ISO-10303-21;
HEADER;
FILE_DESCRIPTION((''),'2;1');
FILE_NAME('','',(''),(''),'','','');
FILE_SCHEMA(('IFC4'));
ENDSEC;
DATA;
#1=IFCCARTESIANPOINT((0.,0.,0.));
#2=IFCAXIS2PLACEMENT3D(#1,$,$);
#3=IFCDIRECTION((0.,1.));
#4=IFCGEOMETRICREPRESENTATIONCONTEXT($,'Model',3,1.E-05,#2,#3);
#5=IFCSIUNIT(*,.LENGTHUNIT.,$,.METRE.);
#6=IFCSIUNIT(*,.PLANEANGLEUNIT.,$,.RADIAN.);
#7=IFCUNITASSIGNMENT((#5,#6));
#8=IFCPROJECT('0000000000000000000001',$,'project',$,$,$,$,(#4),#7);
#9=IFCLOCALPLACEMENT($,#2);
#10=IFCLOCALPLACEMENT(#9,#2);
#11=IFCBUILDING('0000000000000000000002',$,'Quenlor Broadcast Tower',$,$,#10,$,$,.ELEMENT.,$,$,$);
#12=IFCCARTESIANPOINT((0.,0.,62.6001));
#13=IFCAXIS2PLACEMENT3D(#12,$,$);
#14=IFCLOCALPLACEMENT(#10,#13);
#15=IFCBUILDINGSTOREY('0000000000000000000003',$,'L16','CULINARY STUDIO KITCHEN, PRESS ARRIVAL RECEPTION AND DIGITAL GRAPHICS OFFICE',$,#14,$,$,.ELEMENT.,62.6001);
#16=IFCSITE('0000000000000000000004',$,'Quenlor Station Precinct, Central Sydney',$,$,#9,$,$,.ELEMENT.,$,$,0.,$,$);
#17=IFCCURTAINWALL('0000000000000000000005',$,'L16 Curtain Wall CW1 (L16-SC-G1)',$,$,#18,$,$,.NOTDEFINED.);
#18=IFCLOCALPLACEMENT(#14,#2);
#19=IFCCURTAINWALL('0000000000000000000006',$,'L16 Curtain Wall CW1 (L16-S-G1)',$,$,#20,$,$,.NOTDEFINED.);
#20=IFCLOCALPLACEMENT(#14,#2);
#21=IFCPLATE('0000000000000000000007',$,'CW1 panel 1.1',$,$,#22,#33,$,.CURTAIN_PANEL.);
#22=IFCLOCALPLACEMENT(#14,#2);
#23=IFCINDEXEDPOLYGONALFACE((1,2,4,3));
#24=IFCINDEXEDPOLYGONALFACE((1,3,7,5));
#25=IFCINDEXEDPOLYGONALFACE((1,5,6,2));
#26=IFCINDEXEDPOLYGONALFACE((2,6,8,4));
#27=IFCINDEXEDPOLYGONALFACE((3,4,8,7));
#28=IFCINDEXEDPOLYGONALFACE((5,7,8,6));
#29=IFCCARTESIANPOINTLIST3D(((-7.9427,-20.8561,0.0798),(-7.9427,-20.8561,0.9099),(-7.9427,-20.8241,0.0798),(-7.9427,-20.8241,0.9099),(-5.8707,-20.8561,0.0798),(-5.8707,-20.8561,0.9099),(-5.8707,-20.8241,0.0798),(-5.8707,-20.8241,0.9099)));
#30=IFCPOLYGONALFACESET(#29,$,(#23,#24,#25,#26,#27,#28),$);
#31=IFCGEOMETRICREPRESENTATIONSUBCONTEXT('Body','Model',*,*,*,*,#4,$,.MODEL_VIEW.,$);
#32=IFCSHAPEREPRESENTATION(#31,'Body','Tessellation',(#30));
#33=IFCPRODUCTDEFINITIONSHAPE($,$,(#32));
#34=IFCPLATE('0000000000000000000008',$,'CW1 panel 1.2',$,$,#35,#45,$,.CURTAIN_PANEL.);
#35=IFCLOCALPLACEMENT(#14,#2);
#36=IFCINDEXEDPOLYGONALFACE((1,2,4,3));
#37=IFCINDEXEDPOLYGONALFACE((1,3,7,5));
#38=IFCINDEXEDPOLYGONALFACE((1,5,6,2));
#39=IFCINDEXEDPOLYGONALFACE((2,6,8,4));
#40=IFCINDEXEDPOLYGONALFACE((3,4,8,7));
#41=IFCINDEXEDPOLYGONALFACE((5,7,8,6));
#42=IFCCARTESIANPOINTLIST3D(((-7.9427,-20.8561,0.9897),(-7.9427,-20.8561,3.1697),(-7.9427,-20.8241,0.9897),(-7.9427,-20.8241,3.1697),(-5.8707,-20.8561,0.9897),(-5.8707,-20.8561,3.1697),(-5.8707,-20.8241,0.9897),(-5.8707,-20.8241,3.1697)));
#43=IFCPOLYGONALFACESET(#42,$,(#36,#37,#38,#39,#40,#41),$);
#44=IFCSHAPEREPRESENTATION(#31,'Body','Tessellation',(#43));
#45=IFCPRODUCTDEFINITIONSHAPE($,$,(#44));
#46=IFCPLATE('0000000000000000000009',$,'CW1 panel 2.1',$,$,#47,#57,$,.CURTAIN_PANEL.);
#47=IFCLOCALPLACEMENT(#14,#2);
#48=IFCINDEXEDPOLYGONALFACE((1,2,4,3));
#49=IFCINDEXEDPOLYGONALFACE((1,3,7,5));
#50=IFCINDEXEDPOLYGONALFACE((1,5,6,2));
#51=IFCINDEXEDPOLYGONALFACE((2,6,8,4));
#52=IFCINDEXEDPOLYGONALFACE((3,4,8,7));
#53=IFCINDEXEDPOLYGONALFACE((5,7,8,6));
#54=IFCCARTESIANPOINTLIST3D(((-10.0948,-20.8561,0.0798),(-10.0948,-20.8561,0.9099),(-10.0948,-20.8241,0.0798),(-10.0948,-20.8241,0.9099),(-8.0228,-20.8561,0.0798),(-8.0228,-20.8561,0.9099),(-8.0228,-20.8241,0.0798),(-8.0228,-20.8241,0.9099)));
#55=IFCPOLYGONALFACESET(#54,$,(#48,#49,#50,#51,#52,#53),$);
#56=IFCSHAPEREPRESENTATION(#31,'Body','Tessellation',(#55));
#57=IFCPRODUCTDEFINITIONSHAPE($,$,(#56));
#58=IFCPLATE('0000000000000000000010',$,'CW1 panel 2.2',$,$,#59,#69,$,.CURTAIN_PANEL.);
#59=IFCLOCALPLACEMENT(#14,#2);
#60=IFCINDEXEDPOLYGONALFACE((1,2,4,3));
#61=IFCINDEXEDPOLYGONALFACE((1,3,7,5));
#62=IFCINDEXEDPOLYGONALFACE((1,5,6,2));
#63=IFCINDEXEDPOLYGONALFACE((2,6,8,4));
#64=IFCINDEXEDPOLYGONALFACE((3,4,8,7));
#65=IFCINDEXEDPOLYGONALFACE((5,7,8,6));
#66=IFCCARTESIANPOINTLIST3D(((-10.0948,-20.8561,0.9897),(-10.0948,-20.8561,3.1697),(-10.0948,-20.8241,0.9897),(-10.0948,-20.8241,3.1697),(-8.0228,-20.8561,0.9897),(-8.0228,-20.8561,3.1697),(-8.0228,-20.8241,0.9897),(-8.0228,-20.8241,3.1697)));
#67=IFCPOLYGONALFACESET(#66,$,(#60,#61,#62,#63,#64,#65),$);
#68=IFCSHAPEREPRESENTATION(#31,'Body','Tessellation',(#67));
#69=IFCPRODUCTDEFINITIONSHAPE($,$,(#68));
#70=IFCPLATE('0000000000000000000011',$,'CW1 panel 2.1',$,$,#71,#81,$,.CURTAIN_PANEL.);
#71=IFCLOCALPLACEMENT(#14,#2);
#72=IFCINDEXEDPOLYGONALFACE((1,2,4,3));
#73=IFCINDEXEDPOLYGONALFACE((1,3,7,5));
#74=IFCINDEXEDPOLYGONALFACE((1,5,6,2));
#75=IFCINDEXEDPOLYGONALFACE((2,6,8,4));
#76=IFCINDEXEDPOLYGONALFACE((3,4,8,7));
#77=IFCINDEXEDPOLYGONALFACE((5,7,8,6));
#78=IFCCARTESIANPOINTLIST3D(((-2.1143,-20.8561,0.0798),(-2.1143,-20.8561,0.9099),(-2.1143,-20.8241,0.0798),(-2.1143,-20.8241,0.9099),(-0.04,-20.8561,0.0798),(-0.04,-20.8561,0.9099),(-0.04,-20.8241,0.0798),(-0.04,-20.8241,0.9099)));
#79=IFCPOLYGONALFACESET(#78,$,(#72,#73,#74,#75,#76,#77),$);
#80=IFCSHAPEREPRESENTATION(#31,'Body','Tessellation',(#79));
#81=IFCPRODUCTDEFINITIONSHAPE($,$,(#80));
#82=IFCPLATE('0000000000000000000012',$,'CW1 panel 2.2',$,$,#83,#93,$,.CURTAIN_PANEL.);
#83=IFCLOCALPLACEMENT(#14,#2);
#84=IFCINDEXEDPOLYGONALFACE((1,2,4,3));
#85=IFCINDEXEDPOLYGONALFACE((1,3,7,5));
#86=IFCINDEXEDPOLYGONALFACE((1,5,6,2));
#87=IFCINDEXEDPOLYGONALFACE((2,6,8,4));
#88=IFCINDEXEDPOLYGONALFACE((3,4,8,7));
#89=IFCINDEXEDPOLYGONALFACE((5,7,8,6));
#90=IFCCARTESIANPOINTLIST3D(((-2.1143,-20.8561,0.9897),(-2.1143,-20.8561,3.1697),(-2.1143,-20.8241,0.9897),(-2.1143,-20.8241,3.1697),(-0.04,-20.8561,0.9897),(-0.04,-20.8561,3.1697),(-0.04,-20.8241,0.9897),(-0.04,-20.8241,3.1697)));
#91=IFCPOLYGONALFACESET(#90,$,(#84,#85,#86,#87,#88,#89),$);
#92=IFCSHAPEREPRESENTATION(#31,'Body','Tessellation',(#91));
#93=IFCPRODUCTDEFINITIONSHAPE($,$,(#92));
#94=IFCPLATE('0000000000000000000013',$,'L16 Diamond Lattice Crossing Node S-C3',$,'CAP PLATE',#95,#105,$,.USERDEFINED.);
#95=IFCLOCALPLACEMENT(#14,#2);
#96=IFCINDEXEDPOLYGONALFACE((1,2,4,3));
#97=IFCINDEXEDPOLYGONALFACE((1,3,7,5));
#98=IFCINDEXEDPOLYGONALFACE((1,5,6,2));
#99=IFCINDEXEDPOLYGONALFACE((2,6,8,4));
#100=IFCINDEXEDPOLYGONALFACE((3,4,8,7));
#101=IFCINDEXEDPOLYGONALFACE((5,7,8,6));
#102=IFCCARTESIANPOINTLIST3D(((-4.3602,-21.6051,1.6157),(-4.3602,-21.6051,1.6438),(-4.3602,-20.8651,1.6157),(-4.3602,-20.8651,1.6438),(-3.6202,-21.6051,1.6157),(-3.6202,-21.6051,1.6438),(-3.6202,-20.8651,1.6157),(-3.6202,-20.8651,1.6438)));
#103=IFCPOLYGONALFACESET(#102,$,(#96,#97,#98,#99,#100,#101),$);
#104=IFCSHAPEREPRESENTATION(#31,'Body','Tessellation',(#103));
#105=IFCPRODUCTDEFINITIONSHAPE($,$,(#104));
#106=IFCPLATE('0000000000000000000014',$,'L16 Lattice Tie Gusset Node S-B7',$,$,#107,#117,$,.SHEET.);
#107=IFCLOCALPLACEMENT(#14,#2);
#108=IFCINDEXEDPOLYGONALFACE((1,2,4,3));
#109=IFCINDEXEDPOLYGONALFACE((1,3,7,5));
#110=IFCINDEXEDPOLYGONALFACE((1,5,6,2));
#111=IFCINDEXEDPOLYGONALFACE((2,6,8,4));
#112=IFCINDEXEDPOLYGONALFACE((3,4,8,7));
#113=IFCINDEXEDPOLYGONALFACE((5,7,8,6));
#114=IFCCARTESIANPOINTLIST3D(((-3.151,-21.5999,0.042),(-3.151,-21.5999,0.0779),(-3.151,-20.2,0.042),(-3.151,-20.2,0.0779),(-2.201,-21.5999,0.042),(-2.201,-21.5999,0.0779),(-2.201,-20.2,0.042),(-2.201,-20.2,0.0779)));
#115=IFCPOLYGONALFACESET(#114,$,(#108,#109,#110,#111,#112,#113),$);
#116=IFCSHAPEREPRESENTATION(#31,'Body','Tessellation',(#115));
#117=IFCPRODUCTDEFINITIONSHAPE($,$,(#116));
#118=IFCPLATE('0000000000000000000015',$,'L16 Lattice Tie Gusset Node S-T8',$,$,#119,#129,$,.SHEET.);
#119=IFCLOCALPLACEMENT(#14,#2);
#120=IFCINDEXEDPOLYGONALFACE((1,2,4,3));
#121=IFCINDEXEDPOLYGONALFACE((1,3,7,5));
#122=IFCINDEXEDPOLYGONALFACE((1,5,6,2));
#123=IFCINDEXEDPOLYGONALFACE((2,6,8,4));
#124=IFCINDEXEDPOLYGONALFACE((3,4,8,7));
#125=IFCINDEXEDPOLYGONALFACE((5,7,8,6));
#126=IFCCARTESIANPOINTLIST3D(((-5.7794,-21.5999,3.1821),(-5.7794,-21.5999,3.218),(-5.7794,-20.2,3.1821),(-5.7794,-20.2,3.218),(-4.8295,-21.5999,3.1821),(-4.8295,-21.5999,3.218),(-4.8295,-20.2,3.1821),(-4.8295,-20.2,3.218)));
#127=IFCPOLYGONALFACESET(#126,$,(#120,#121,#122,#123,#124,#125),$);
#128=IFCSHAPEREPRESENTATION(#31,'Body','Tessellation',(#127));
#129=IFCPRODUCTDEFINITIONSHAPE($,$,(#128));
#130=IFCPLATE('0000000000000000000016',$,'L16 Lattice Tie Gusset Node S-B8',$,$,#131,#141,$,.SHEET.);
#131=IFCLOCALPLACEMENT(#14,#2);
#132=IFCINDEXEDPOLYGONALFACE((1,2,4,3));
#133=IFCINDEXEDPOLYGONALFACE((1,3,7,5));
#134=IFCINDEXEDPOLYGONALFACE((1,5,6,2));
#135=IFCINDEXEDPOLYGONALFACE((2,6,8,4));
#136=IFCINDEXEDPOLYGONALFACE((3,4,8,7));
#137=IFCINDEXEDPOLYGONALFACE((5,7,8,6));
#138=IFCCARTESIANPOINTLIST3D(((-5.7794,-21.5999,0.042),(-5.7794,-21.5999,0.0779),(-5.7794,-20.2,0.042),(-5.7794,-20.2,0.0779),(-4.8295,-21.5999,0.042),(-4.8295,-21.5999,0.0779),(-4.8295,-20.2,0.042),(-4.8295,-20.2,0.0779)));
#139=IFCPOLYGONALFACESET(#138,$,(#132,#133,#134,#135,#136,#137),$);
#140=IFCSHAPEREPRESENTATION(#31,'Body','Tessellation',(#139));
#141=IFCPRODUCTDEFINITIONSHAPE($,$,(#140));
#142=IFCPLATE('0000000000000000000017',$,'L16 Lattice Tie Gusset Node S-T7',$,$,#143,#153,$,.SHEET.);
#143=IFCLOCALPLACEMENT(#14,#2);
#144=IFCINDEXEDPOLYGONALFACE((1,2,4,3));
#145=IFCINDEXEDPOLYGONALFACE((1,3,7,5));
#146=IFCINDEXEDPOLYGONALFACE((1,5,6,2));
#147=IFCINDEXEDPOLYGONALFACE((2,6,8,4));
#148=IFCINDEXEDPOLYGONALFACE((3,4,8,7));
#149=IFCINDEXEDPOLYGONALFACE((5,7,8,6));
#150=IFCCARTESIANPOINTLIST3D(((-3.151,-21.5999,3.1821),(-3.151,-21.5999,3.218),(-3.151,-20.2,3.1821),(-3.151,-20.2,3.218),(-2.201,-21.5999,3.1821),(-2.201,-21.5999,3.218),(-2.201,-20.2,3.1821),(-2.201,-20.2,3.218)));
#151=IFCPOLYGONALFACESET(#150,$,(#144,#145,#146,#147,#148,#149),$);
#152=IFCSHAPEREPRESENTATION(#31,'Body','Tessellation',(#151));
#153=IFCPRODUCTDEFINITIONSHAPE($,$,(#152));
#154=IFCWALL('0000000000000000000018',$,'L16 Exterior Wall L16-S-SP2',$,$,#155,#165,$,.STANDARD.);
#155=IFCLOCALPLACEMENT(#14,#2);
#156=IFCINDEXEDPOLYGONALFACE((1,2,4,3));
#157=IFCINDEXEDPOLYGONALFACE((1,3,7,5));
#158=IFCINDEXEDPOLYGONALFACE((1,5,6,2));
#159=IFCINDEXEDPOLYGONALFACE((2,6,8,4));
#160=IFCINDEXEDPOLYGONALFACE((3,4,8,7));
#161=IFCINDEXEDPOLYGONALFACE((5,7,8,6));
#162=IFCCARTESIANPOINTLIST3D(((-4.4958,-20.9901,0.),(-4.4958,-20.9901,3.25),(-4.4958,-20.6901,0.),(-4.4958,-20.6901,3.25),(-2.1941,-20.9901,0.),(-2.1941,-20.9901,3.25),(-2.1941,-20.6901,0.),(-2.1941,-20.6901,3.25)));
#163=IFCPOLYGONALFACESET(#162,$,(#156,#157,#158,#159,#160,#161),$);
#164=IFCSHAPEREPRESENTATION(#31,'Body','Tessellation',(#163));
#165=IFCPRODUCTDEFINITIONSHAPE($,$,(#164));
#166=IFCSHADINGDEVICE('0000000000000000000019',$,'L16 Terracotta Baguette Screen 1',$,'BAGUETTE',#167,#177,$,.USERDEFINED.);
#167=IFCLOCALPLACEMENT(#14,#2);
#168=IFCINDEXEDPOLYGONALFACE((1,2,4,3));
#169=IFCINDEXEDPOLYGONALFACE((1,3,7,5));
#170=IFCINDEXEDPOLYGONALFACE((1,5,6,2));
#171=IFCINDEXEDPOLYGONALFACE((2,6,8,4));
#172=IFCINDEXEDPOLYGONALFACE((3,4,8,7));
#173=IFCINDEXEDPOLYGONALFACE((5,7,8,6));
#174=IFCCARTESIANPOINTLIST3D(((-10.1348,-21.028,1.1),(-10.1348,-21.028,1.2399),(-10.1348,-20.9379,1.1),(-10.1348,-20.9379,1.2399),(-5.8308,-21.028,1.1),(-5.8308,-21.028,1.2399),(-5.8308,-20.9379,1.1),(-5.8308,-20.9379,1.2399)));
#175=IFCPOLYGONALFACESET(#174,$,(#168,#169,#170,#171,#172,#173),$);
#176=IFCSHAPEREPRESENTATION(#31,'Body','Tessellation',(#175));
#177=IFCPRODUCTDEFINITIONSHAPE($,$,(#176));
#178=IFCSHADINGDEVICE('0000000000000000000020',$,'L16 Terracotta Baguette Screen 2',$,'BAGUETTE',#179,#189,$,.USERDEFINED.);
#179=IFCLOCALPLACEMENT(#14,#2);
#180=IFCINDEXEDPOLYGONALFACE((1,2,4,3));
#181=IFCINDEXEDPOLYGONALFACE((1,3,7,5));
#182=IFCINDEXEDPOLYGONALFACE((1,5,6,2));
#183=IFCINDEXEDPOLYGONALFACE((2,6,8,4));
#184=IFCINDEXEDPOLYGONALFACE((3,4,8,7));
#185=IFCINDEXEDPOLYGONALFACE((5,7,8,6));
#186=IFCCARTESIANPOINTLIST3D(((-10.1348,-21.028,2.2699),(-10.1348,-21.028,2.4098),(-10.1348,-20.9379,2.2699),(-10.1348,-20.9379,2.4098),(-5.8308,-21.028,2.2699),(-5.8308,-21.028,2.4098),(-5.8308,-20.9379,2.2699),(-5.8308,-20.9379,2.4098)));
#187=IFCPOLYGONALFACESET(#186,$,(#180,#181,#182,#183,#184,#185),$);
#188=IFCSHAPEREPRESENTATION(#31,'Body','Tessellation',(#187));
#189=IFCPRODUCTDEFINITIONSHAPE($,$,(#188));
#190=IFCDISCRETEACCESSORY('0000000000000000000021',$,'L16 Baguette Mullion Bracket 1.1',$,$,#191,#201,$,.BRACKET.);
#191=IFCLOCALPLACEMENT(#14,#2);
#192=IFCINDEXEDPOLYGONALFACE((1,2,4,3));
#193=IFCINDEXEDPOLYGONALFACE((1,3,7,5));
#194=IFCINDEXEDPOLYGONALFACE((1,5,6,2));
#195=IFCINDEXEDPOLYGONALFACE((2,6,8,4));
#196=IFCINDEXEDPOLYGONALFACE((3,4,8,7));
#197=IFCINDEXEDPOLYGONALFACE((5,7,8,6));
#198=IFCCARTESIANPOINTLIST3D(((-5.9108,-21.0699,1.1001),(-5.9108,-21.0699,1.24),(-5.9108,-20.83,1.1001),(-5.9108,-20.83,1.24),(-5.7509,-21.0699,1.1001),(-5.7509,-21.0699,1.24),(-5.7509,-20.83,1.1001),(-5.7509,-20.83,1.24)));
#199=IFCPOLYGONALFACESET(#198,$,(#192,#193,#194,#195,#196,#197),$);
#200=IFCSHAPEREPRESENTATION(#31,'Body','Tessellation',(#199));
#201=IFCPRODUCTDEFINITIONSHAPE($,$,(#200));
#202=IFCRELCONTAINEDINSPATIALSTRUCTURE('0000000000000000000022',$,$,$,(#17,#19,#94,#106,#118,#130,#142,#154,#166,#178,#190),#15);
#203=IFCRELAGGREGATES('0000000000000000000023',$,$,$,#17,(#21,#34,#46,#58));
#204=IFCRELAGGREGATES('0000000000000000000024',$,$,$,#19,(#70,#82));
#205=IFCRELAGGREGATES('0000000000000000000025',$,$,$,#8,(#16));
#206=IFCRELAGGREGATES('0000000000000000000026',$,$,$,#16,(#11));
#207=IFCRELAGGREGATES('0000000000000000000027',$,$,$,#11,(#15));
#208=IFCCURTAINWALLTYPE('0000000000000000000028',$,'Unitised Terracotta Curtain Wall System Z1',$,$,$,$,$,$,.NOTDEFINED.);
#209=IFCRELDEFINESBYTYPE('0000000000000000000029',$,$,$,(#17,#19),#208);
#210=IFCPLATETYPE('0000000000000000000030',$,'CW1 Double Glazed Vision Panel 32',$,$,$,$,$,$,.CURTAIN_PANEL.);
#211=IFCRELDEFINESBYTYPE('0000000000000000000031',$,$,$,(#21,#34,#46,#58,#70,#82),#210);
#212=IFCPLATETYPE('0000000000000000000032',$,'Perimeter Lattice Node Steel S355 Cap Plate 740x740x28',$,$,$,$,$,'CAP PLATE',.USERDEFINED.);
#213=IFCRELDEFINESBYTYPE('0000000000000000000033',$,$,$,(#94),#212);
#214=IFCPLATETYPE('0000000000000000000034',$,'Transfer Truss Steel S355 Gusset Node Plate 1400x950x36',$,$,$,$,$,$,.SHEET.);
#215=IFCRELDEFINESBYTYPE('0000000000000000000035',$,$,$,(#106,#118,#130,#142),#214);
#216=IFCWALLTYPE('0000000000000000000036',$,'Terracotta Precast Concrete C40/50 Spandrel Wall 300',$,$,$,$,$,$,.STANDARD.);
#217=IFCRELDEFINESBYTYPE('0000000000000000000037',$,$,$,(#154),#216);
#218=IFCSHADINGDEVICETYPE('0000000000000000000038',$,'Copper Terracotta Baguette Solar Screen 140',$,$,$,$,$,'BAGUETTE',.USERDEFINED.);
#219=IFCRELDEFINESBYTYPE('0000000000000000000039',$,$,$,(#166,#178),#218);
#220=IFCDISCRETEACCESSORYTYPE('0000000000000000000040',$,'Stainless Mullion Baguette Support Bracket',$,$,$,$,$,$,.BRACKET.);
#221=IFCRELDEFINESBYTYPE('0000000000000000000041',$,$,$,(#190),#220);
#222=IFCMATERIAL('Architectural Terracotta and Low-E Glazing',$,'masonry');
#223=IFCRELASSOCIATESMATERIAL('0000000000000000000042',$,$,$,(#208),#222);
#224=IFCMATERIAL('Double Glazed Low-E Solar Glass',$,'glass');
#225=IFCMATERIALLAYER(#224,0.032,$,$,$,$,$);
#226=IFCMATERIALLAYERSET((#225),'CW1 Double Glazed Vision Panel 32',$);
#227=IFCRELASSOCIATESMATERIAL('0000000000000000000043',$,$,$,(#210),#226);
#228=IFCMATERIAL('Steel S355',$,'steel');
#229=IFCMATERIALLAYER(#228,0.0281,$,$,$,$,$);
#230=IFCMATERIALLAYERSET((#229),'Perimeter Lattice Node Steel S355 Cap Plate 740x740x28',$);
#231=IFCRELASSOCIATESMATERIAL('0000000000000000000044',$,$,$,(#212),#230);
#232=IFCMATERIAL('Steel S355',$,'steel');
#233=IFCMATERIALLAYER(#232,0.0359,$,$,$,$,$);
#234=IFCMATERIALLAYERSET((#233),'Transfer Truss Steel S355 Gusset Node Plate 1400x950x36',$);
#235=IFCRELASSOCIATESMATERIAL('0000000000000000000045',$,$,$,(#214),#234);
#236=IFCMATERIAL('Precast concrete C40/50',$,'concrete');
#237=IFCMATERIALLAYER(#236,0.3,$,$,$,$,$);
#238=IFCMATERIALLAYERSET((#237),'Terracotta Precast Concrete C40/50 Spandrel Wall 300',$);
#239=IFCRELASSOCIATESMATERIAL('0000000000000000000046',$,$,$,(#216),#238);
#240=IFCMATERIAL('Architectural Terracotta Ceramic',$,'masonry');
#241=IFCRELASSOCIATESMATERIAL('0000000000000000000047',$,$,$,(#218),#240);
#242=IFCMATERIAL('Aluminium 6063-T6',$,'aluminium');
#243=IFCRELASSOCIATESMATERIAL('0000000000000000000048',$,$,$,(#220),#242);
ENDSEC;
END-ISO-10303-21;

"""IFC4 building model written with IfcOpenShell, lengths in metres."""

from ifc_helpers import new_model, si_unit, direction, frame, frame_2d, origin, origin_2d, place, context, subcontext, project, spatial, rectangle, extrude, material, layer, layer_set, material_profile, profile_set, type_object, element, aggregate, save


model = new_model("IFC4")

# Units and contexts
model_context = context("Model", 3, precision=1e-05, world=origin(), true_north=direction((0.0, 1.0)))
body_context = subcontext(model_context, "Body", "Model", "MODEL_VIEW")
ifc_project = project(units=[si_unit("LENGTHUNIT", "METRE"), si_unit("PLANEANGLEUNIT", "RADIAN")], contexts=[model_context])

# Site, building, storey
site_placement = place(None, origin())
site = spatial("IfcSite", under=ifc_project, at=site_placement, Name="Quenlor Station Precinct, Central Sydney", CompositionType="ELEMENT", RefElevation=0.0)
building_placement = place(site_placement, origin())
building = spatial("IfcBuilding", under=site, at=building_placement, Name="Quenlor Broadcast Tower", CompositionType="ELEMENT")
storey_placement = place(building_placement, frame((0.0, 0.0, 62.6001)))
storey = spatial("IfcBuildingStorey", under=building, at=storey_placement, Name="L16", Description="CULINARY STUDIO KITCHEN, PRESS ARRIVAL RECEPTION AND DIGITAL GRAPHICS OFFICE", CompositionType="ELEMENT", Elevation=62.6001)

# Curtain wall
ifc_material_1 = material(Name="Architectural Terracotta and Low-E Glazing", Category="masonry")
curtain_wall_type = type_object("IfcCurtainWallType", Name="Unitised Terracotta Curtain Wall System Z1", PredefinedType="NOTDEFINED", material=ifc_material_1)
curtain_wall_1_placement = place(storey_placement, origin())
curtain_wall_1 = element("IfcCurtainWall", 1, at=curtain_wall_1_placement, inside=storey, type_object=curtain_wall_type, Name="L16 Curtain Wall CW1 (L16-SC-G1)", PredefinedType="NOTDEFINED")

# Curtain wall
curtain_wall_2_placement = place(storey_placement, origin())
curtain_wall_2 = element("IfcCurtainWall", 2, at=curtain_wall_2_placement, inside=storey, type_object=curtain_wall_type, Name="L16 Curtain Wall CW1 (L16-S-G1)", PredefinedType="NOTDEFINED")

# Plates
ifc_material_2 = material(Name="Double Glazed Low-E Solar Glass", Category="glass")
ifc_layer_1 = layer(ifc_material_2, 0.032)
ifc_layer_set_1 = layer_set([ifc_layer_1], Name="CW1 Double Glazed Vision Panel 32")
plate_type_1 = type_object("IfcPlateType", Name="CW1 Double Glazed Vision Panel 32", PredefinedType="CURTAIN_PANEL", material=ifc_layer_set_1)
plate_1_placement = place(storey_placement, frame((-6.9067, -20.8401, 0.0798), z_axis=(0.0, 0.0, 1.0), x_axis=(-1.0, 0.0, 0.0)))
plate_1 = element("IfcPlate", 3, at=plate_1_placement, type_object=plate_type_1, Name="CW1 panel 1.1", PredefinedType="CURTAIN_PANEL", context=body_context, shape_type="SweptSolid", body=[
    extrude(rectangle(XDim=2.072, YDim=0.032, at=origin_2d()), origin(), (0.0, 0.0, 1.0), 0.8301),
])
plate_2_placement = place(storey_placement, frame((-6.9067, -20.8401, 0.9897), z_axis=(0.0, 0.0, 1.0), x_axis=(-1.0, 0.0, 0.0)))
plate_2 = element("IfcPlate", 4, at=plate_2_placement, type_object=plate_type_1, Name="CW1 panel 1.2", PredefinedType="CURTAIN_PANEL", context=body_context, shape_type="SweptSolid", body=[
    extrude(rectangle(XDim=2.072, YDim=0.032, at=origin_2d()), origin(), (0.0, 0.0, 1.0), 2.1799),
])
plate_3_placement = place(storey_placement, frame((-9.0588, -20.8401, 0.0798), z_axis=(0.0, 0.0, 1.0), x_axis=(-1.0, 0.0, 0.0)))
plate_3 = element("IfcPlate", 5, at=plate_3_placement, type_object=plate_type_1, Name="CW1 panel 2.1", PredefinedType="CURTAIN_PANEL", context=body_context, shape_type="SweptSolid", body=[
    extrude(rectangle(XDim=2.072, YDim=0.032, at=origin_2d()), origin(), (0.0, 0.0, 1.0), 0.8301),
])
plate_4_placement = place(storey_placement, frame((-9.0588, -20.8401, 0.9897), z_axis=(0.0, 0.0, 1.0), x_axis=(-1.0, 0.0, 0.0)))
plate_4 = element("IfcPlate", 6, at=plate_4_placement, type_object=plate_type_1, Name="CW1 panel 2.2", PredefinedType="CURTAIN_PANEL", context=body_context, shape_type="SweptSolid", body=[
    extrude(rectangle(XDim=2.072, YDim=0.032, at=origin_2d()), origin(), (0.0, 0.0, 1.0), 2.1799),
])
aggregate(curtain_wall_1, [plate_1, plate_2, plate_3, plate_4])
plate_5_placement = place(storey_placement, frame((-1.0771, -20.8401, 0.0798), z_axis=(0.0, 0.0, 1.0), x_axis=(-1.0, 0.0, 0.0)))
plate_5 = element("IfcPlate", 7, at=plate_5_placement, type_object=plate_type_1, Name="CW1 panel 2.1", PredefinedType="CURTAIN_PANEL", context=body_context, shape_type="SweptSolid", body=[
    extrude(rectangle(XDim=2.0742, YDim=0.032, at=origin_2d()), origin(), (0.0, 0.0, 1.0), 0.8301),
])
plate_6_placement = place(storey_placement, frame((-1.0771, -20.8401, 0.9897), z_axis=(0.0, 0.0, 1.0), x_axis=(-1.0, 0.0, 0.0)))
plate_6 = element("IfcPlate", 8, at=plate_6_placement, type_object=plate_type_1, Name="CW1 panel 2.2", PredefinedType="CURTAIN_PANEL", context=body_context, shape_type="SweptSolid", body=[
    extrude(rectangle(XDim=2.0742, YDim=0.032, at=origin_2d()), origin(), (0.0, 0.0, 1.0), 2.1799),
])
aggregate(curtain_wall_2, [plate_5, plate_6])

# Plates
ifc_material_3 = material(Name="Steel S355", Category="steel")
ifc_layer_2 = layer(ifc_material_3, 0.0281)
ifc_layer_set_2 = layer_set([ifc_layer_2], Name="Perimeter Lattice Node Steel S355 Cap Plate 740x740x28")
plate_type_2 = type_object("IfcPlateType", Name="Perimeter Lattice Node Steel S355 Cap Plate 740x740x28", ElementType="CAP PLATE", PredefinedType="USERDEFINED", material=ifc_layer_set_2)
plate_7_placement = place(storey_placement, frame((-3.9902, -21.2351, 1.6157), z_axis=(0.0, 0.0, 1.0), x_axis=(-1.0, 0.0, 0.0)))
element("IfcPlate", 9, at=plate_7_placement, inside=storey, type_object=plate_type_2, Name="L16 Diamond Lattice Crossing Node S-C3", ObjectType="CAP PLATE", PredefinedType="USERDEFINED", context=body_context, shape_type="SweptSolid", body=[
    extrude(rectangle(XDim=0.74, YDim=0.74, at=origin_2d()), origin(), (0.0, 0.0, 1.0), 0.0281),
])
ifc_material_4 = material(Name="Steel S355", Category="steel")
ifc_layer_3 = layer(ifc_material_4, 0.0359)
ifc_layer_set_3 = layer_set([ifc_layer_3], Name="Transfer Truss Steel S355 Gusset Node Plate 1400x950x36")
plate_type_3 = type_object("IfcPlateType", Name="Transfer Truss Steel S355 Gusset Node Plate 1400x950x36", PredefinedType="SHEET", material=ifc_layer_set_3)
for number, where, z_axis, x_axis, name in (
    (10, (-2.676, -20.8999, 0.042), (0.0, 0.0, 1.0), (0.0, -1.0, 0.0), "L16 Lattice Tie Gusset Node S-B7"),
    (11, (-5.3044, -20.8999, 3.1821), (0.0, 0.0, 1.0), (0.0, -1.0, 0.0), "L16 Lattice Tie Gusset Node S-T8"),
    (12, (-5.3044, -20.8999, 0.042), (0.0, 0.0, 1.0), (0.0, -1.0, 0.0), "L16 Lattice Tie Gusset Node S-B8"),
    (13, (-2.676, -20.8999, 3.1821), (0.0, 0.0, 1.0), (0.0, -1.0, 0.0), "L16 Lattice Tie Gusset Node S-T7"),
):
    element("IfcPlate", number, at=place(storey_placement, frame(where, z_axis=z_axis, x_axis=x_axis)), inside=storey, type_object=plate_type_3, Name=name, PredefinedType="SHEET", context=body_context, shape_type="SweptSolid", body=[
        extrude(rectangle(XDim=1.3999, YDim=0.95, at=origin_2d()), origin(), (0.0, 0.0, 1.0), 0.0359),
    ])

# Wall
ifc_material_5 = material(Name="Precast concrete C40/50", Category="concrete")
ifc_layer_4 = layer(ifc_material_5, 0.3)
ifc_layer_set_4 = layer_set([ifc_layer_4], Name="Terracotta Precast Concrete C40/50 Spandrel Wall 300")
wall_type = type_object("IfcWallType", Name="Terracotta Precast Concrete C40/50 Spandrel Wall 300", PredefinedType="STANDARD", material=ifc_layer_set_4)
wall_placement = place(storey_placement, frame((-2.1941, -20.8401, 0.0), z_axis=(0.0, 0.0, 1.0), x_axis=(-1.0, 0.0, 0.0)))
element("IfcWall", 14, at=wall_placement, inside=storey, type_object=wall_type, Name="L16 Exterior Wall L16-S-SP2", PredefinedType="STANDARD", context=body_context, shape_type="SweptSolid", body=[
    extrude(rectangle(XDim=2.3018, YDim=0.3, at=frame_2d((1.1509, 0.0))), origin(), (0.0, 0.0, 1.0), 3.25),
])

# Shading devices
ifc_material_6 = material(Name="Architectural Terracotta Ceramic", Category="masonry")
ifc_material_profile_1 = material_profile(ifc_material_6, rectangle(XDim=0.0901, YDim=0.1399, at=origin_2d()))
ifc_profile_set_1 = profile_set([ifc_material_profile_1], Name="Architectural Terracotta Ceramic BAG90x140")
shading_device_type = type_object("IfcShadingDeviceType", Name="Copper Terracotta Baguette Solar Screen 140", ElementType="BAGUETTE", PredefinedType="USERDEFINED", material=ifc_profile_set_1)
for number, where, z_axis, x_axis, name in (
    (15, (-5.8308, -20.9829, 1.1699), (-1.0, 0.0, 0.0), (0.0, -1.0, 0.0), "L16 Terracotta Baguette Screen 1"),
    (16, (-5.8308, -20.9829, 2.3398), (-1.0, 0.0, 0.0), (0.0, -1.0, 0.0), "L16 Terracotta Baguette Screen 2"),
):
    element("IfcShadingDevice", number, at=place(storey_placement, frame(where, z_axis=z_axis, x_axis=x_axis)), inside=storey, type_object=shading_device_type, Name=name, ObjectType="BAGUETTE", PredefinedType="USERDEFINED", context=body_context, shape_type="SweptSolid", body=[
        extrude(rectangle(XDim=0.0901, YDim=0.1399, at=origin_2d()), origin(), (0.0, 0.0, 1.0), 4.304),
    ])

# Discrete accessory
ifc_material_7 = material(Name="Aluminium 6063-T6", Category="aluminium")
discrete_accessory_type = type_object("IfcDiscreteAccessoryType", Name="Stainless Mullion Baguette Support Bracket", PredefinedType="BRACKET", material=ifc_material_7)
for number, where, z_axis, x_axis, name in (
    (17, (-5.8308, -20.95, 1.1001), (0.0, 0.0, 1.0), (-1.0, 0.0, 0.0), "L16 Baguette Mullion Bracket 1.1"),
):
    element("IfcDiscreteAccessory", number, at=place(storey_placement, frame(where, z_axis=z_axis, x_axis=x_axis)), inside=storey, type_object=discrete_accessory_type, Name=name, PredefinedType="BRACKET", context=body_context, shape_type="SweptSolid", body=[
        extrude(rectangle(XDim=0.1599, YDim=0.24, at=origin_2d()), origin(), (0.0, 0.0, 1.0), 0.1399),
    ])

save(model, "model.ifc")
